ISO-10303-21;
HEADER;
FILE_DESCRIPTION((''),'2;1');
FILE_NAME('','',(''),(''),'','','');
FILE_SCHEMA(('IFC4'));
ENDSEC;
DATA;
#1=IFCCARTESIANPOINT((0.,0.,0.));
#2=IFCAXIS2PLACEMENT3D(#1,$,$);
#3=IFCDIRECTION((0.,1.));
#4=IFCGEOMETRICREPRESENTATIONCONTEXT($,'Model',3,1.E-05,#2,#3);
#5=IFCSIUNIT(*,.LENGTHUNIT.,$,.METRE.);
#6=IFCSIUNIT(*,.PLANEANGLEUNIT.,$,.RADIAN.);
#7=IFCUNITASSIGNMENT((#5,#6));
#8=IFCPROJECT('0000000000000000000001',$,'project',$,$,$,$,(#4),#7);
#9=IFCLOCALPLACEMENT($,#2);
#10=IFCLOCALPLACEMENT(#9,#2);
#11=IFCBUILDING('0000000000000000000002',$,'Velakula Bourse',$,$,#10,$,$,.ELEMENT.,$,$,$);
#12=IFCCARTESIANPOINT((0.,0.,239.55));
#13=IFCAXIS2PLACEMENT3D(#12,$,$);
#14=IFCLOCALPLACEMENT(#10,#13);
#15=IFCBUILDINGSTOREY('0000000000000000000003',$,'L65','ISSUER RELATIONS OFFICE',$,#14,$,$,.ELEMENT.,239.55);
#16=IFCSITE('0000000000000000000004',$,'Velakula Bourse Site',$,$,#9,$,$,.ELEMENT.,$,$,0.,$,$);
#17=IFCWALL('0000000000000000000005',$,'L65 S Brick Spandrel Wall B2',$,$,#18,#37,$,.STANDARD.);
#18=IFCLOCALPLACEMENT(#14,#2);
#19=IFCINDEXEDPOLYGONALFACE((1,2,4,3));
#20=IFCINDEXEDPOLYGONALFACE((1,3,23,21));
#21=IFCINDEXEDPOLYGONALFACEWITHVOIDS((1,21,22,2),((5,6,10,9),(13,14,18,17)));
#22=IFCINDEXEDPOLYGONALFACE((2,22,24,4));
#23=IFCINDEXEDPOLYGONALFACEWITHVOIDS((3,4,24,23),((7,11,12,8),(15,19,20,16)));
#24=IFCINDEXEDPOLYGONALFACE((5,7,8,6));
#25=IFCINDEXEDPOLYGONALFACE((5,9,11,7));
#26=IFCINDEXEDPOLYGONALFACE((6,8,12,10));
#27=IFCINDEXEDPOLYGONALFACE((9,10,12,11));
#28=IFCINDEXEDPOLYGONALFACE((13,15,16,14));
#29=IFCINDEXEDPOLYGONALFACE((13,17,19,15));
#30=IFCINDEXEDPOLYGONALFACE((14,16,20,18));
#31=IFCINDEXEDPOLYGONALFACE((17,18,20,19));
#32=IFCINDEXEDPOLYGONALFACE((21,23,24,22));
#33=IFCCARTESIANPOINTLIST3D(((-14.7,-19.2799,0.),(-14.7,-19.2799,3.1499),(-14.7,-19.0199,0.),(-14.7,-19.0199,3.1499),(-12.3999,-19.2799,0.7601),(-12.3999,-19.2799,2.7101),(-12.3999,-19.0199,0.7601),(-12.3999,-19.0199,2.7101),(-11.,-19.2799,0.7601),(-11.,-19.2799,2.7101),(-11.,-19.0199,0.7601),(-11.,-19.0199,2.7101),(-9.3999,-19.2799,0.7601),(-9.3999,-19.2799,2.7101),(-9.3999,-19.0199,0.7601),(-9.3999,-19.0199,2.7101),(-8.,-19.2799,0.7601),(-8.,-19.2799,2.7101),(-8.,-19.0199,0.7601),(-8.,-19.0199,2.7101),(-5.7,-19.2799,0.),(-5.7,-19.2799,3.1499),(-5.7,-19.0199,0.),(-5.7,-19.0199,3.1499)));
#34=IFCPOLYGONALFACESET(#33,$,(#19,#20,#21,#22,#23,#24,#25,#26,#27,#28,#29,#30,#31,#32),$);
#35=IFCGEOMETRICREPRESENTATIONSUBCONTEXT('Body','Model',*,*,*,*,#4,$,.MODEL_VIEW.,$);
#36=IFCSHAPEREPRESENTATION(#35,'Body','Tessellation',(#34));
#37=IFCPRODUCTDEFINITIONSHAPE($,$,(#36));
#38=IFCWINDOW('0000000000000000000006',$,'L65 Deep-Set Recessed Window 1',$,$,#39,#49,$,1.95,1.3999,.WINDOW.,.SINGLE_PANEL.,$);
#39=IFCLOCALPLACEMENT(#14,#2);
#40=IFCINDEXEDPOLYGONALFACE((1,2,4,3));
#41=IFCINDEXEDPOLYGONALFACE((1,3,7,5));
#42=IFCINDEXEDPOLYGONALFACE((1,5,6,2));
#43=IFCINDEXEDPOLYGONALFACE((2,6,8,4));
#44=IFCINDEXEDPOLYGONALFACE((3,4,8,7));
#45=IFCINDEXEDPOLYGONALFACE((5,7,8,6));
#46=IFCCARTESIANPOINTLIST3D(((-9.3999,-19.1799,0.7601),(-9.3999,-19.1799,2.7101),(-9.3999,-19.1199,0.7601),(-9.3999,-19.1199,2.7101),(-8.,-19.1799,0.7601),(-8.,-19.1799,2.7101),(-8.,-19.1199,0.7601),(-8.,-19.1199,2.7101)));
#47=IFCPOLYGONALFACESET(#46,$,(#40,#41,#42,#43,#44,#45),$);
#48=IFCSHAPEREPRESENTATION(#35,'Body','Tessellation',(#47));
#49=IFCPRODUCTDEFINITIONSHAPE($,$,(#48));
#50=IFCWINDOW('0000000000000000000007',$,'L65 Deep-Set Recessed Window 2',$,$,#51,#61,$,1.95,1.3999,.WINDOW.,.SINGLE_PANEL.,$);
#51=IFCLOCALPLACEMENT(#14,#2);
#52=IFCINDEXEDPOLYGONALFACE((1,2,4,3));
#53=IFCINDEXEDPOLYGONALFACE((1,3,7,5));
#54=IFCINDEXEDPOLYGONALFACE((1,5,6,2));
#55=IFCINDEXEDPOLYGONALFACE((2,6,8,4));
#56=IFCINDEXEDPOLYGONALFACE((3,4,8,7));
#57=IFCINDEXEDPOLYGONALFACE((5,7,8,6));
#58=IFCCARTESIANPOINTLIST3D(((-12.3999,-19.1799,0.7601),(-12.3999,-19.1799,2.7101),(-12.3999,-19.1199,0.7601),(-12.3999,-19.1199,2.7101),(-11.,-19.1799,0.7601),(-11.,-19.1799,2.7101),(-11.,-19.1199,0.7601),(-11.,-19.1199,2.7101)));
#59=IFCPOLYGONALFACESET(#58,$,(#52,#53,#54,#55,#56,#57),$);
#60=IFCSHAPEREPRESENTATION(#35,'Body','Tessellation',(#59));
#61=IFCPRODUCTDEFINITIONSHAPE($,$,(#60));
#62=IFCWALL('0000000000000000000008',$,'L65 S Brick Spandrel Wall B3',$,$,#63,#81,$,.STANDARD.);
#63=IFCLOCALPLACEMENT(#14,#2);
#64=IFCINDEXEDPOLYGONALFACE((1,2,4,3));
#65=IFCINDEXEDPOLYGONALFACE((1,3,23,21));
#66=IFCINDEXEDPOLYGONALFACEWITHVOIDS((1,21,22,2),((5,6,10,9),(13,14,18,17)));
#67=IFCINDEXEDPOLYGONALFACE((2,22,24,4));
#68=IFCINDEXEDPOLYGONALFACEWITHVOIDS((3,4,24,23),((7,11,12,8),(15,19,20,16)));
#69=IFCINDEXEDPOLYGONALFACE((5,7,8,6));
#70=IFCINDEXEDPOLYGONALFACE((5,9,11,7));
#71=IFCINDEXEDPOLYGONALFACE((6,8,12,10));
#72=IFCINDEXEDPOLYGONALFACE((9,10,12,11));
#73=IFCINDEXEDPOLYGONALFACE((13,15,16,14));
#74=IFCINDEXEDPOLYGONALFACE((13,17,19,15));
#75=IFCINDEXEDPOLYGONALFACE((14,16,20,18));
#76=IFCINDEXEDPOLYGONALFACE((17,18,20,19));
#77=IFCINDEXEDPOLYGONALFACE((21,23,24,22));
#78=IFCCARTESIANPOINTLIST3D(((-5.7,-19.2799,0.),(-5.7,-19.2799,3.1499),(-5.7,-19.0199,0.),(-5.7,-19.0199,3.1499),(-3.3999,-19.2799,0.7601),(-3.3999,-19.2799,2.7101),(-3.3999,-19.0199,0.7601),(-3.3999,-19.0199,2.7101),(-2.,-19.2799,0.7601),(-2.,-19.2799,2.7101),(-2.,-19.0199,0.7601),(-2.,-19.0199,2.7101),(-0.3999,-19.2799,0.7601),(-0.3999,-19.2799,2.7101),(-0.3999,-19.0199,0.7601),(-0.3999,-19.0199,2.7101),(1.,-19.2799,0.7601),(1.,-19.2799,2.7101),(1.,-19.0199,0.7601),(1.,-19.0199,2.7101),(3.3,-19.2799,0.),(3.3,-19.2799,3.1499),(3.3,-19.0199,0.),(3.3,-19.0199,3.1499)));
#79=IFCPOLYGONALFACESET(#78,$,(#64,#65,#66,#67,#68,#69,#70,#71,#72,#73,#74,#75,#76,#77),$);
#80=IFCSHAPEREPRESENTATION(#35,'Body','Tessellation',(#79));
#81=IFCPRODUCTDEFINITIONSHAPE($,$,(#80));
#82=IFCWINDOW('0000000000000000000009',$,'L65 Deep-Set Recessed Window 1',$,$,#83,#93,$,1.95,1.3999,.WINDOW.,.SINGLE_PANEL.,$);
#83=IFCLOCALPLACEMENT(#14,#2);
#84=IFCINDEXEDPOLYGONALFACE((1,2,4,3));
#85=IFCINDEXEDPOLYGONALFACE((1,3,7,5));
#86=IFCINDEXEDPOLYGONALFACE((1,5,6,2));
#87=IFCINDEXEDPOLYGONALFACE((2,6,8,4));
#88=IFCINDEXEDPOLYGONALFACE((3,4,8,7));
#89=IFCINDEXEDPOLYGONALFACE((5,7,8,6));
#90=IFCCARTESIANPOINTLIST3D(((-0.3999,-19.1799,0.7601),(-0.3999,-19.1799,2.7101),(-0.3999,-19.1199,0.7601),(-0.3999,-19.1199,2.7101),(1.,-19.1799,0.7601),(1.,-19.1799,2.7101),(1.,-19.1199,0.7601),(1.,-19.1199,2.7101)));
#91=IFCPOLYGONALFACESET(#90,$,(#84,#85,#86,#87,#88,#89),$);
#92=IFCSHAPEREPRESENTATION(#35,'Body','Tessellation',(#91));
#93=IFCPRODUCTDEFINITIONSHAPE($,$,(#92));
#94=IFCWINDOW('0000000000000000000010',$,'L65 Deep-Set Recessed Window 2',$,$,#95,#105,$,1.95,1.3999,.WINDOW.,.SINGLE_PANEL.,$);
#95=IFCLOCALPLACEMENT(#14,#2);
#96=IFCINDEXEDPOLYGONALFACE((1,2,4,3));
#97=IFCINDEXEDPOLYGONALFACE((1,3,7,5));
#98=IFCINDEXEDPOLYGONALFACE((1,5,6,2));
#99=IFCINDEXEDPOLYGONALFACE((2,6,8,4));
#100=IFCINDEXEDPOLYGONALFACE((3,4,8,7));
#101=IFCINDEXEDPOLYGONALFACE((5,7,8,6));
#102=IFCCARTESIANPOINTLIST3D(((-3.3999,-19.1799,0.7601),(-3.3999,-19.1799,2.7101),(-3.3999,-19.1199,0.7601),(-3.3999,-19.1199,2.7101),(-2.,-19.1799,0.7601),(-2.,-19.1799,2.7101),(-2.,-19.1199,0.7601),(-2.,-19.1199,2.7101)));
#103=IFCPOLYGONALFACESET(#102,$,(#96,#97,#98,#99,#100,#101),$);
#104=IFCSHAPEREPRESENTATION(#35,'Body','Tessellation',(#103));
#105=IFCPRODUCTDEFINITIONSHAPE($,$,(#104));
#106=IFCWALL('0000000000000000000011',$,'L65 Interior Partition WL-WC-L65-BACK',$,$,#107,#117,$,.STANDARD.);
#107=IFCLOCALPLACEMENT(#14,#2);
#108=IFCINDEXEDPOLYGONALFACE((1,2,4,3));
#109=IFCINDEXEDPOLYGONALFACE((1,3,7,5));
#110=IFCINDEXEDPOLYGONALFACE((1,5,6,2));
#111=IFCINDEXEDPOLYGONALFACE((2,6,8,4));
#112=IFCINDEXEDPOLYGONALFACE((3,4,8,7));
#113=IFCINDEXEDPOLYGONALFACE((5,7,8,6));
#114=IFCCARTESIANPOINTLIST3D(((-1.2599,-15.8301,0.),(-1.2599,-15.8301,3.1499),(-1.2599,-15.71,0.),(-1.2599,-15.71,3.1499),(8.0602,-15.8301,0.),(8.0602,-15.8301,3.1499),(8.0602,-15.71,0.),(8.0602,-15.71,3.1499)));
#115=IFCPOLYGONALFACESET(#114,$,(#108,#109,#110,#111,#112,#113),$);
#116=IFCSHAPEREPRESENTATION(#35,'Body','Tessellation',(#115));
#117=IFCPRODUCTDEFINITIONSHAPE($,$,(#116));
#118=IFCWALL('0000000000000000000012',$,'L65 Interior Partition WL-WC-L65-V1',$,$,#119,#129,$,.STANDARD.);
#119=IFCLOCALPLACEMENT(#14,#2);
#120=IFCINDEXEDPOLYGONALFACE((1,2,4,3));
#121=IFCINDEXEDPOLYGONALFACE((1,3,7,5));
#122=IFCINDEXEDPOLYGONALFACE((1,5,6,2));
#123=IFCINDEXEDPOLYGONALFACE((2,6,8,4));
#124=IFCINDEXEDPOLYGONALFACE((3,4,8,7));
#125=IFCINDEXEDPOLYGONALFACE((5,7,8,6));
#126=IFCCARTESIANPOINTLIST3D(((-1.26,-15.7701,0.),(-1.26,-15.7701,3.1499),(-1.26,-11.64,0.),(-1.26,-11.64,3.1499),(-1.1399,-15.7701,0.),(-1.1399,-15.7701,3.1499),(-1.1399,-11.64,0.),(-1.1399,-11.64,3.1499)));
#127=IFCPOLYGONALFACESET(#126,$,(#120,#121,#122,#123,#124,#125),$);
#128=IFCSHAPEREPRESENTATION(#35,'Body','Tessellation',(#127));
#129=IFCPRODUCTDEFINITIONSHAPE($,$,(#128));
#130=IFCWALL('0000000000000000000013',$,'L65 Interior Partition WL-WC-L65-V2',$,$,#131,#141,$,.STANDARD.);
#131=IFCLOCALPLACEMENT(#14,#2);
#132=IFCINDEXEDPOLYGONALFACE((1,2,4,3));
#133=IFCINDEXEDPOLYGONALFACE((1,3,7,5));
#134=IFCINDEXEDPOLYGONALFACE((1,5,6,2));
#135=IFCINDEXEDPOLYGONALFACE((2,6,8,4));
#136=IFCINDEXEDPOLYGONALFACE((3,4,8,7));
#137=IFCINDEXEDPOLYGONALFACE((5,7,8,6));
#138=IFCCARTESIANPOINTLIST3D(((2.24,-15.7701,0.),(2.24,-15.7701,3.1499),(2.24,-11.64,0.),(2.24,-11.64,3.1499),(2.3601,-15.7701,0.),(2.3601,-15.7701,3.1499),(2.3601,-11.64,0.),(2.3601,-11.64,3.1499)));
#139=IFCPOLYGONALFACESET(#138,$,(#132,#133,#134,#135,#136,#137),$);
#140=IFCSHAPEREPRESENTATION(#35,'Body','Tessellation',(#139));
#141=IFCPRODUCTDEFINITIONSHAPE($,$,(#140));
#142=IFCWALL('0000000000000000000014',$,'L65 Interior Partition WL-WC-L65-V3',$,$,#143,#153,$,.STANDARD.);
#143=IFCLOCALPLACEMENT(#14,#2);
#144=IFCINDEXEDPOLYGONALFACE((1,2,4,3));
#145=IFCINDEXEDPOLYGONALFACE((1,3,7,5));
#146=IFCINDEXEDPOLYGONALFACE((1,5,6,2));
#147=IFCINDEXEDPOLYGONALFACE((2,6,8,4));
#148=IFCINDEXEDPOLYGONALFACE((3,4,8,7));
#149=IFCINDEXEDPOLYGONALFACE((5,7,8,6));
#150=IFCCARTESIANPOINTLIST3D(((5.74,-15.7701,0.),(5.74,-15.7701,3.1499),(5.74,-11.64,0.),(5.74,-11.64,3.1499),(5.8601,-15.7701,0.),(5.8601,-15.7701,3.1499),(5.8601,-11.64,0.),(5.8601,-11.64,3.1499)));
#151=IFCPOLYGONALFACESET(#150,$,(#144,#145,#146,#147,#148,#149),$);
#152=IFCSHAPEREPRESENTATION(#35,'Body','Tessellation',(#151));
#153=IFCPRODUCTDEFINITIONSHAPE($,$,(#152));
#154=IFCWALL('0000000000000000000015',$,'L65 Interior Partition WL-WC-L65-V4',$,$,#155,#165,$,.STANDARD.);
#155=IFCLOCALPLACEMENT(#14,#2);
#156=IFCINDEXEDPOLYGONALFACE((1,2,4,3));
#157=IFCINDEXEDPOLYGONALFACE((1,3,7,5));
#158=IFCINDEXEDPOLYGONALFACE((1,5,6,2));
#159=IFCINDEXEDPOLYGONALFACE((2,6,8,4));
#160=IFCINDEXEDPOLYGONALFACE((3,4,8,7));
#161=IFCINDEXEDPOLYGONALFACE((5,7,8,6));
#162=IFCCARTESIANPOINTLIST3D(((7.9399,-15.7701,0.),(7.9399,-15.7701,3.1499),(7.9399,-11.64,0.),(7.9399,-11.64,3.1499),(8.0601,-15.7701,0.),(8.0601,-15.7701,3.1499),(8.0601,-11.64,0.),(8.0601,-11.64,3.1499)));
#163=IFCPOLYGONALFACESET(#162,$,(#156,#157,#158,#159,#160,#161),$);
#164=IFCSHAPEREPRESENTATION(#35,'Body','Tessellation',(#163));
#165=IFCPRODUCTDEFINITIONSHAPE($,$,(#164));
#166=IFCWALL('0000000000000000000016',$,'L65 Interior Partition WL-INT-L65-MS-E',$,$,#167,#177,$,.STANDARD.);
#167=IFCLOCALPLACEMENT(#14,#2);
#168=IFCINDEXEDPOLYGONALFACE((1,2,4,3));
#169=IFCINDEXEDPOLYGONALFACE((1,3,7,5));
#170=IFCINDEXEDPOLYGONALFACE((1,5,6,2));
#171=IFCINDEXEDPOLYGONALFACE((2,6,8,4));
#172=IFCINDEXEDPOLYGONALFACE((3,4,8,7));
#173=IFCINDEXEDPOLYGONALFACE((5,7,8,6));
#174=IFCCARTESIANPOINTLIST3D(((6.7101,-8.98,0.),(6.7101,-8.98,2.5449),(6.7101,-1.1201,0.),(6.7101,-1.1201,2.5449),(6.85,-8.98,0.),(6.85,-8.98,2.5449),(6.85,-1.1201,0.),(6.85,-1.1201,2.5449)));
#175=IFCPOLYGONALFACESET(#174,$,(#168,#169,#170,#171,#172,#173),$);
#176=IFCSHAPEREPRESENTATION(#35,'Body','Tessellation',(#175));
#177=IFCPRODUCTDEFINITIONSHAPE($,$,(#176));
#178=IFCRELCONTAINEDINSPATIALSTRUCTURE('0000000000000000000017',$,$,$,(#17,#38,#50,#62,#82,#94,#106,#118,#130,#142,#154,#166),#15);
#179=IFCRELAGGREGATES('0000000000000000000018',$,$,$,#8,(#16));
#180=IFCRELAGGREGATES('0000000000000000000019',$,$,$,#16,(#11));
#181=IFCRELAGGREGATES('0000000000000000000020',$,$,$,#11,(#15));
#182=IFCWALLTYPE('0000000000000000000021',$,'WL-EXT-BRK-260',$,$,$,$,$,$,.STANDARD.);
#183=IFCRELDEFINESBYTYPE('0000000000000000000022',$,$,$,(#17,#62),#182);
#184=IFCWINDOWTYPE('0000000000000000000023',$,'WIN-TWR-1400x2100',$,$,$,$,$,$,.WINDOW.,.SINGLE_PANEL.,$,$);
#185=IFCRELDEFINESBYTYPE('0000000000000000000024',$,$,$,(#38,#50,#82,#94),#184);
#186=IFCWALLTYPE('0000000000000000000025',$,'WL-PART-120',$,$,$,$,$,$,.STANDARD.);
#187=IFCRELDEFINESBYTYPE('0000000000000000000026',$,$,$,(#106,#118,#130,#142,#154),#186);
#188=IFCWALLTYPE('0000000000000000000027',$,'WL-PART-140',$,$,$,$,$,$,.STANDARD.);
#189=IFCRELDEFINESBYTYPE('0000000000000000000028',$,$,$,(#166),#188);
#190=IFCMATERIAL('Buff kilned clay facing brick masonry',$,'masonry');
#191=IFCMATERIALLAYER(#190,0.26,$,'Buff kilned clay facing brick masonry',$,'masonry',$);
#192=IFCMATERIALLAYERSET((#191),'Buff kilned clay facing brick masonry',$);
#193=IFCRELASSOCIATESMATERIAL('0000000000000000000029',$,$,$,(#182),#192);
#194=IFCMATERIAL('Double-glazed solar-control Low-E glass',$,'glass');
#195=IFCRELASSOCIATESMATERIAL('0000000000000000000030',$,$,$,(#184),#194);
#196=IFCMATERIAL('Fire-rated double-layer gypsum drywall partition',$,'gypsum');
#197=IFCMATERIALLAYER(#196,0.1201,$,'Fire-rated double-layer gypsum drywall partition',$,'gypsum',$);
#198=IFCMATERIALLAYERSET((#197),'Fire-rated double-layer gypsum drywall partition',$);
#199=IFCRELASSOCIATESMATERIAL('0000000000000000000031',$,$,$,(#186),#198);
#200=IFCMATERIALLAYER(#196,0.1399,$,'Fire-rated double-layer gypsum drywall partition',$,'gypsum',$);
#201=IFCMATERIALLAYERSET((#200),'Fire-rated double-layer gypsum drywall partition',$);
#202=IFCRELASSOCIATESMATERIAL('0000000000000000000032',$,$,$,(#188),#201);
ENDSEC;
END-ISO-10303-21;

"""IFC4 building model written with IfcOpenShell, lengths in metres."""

from ifc_helpers import new_model, si_unit, direction, frame, frame_2d, origin, place, context, subcontext, project, spatial, rectangle, extrude, material, layer, layer_set, type_object, element, fill, save


model = new_model("IFC4")

# Units and contexts
model_context = context("Model", 3, precision=1e-05, world=origin(), true_north=direction((0.0, 1.0)))
body_context = subcontext(model_context, "Body", "Model", "MODEL_VIEW")
ifc_project = project(units=[si_unit("LENGTHUNIT", "METRE"), si_unit("PLANEANGLEUNIT", "RADIAN")], contexts=[model_context])

# Site, building, storey
site_placement = place(None, origin())
site = spatial("IfcSite", under=ifc_project, at=site_placement, Name="Velakula Bourse Site", CompositionType="ELEMENT", RefElevation=0.0)
building_placement = place(site_placement, origin())
building = spatial("IfcBuilding", under=site, at=building_placement, Name="Velakula Bourse", CompositionType="ELEMENT")
storey_placement = place(building_placement, frame((0.0, 0.0, 239.55)))
storey = spatial("IfcBuildingStorey", under=building, at=storey_placement, Name="L65", Description="ISSUER RELATIONS OFFICE", CompositionType="ELEMENT", Elevation=239.55)

# Walls, openings, windows
ifc_material_1 = material(Name="Buff kilned clay facing brick masonry", Category="masonry")
ifc_layer_1 = layer(ifc_material_1, 0.26, Name="Buff kilned clay facing brick masonry", Category="masonry")
ifc_layer_set_1 = layer_set([ifc_layer_1], Name="Buff kilned clay facing brick masonry")
wall_type_1 = type_object("IfcWallType", Name="WL-EXT-BRK-260", PredefinedType="STANDARD", material=ifc_layer_set_1)
wall_1_placement = place(storey_placement, frame((-5.7, -19.1499, 0.0), z_axis=(0.0, 0.0, 1.0), x_axis=(-1.0, 0.0, 0.0)))
wall_1 = element("IfcWall", 1, at=wall_1_placement, inside=storey, type_object=wall_type_1, Name="L65 S Brick Spandrel Wall B2", PredefinedType="STANDARD", context=body_context, shape_type="SweptSolid", body=[
    extrude(rectangle(XDim=9.0, YDim=0.26, at=frame_2d((4.5, 0.0))), origin(), (0.0, 0.0, 1.0), 3.1499),
])
opening_1_placement = place(wall_1_placement, frame((2.3, 0.0, 0.76)))
opening_1 = element("IfcOpeningElement", 2, at=opening_1_placement, cuts=wall_1, PredefinedType="OPENING", context=body_context, shape_type="SweptSolid", body=[
    extrude(rectangle(XDim=1.3999, YDim=1.95, at=frame_2d((0.7, 0.9751))), frame((0.0, 0.1399, 0.0), z_axis=(0.0, -1.0, 0.0), x_axis=(1.0, 0.0, 0.0)), (0.0, 0.0, 1.0), 0.28),
])
opening_2_placement = place(wall_1_placement, frame((5.3, 0.0, 0.76)))
opening_2 = element("IfcOpeningElement", 3, at=opening_2_placement, cuts=wall_1, PredefinedType="OPENING", context=body_context, shape_type="SweptSolid", body=[
    extrude(rectangle(XDim=1.3999, YDim=1.95, at=frame_2d((0.7, 0.9751))), frame((0.0, 0.1399, 0.0), z_axis=(0.0, -1.0, 0.0), x_axis=(1.0, 0.0, 0.0)), (0.0, 0.0, 1.0), 0.28),
])
ifc_material_2 = material(Name="Double-glazed solar-control Low-E glass", Category="glass")
window_type = type_object("IfcWindowType", Name="WIN-TWR-1400x2100", PartitioningType="SINGLE_PANEL", PredefinedType="WINDOW", material=ifc_material_2)
window_1_placement = place(opening_1_placement, origin())
window_1 = element("IfcWindow", 4, at=window_1_placement, inside=storey, type_object=window_type, Name="L65 Deep-Set Recessed Window 1", OverallHeight=1.95, OverallWidth=1.3999, PartitioningType="SINGLE_PANEL", PredefinedType="WINDOW", context=body_context, shape_type="SweptSolid", body=[
    extrude(rectangle(XDim=1.3999, YDim=1.95, at=frame_2d((0.7, 0.9751))), frame((0.0, 0.03, 0.0), z_axis=(0.0, -1.0, 0.0), x_axis=(1.0, 0.0, 0.0)), (0.0, 0.0, 1.0), 0.0601),
])
fill(opening_1, window_1)
window_2_placement = place(opening_2_placement, origin())
window_2 = element("IfcWindow", 5, at=window_2_placement, inside=storey, type_object=window_type, Name="L65 Deep-Set Recessed Window 2", OverallHeight=1.95, OverallWidth=1.3999, PartitioningType="SINGLE_PANEL", PredefinedType="WINDOW", context=body_context, shape_type="SweptSolid", body=[
    extrude(rectangle(XDim=1.3999, YDim=1.95, at=frame_2d((0.7, 0.9751))), frame((0.0, 0.03, 0.0), z_axis=(0.0, -1.0, 0.0), x_axis=(1.0, 0.0, 0.0)), (0.0, 0.0, 1.0), 0.0601),
])
fill(opening_2, window_2)
wall_2_placement = place(storey_placement, frame((3.3, -19.1499, 0.0), z_axis=(0.0, 0.0, 1.0), x_axis=(-1.0, 0.0, 0.0)))
wall_2 = element("IfcWall", 6, at=wall_2_placement, inside=storey, type_object=wall_type_1, Name="L65 S Brick Spandrel Wall B3", PredefinedType="STANDARD", context=body_context, shape_type="SweptSolid", body=[
    extrude(rectangle(XDim=9.0, YDim=0.26, at=frame_2d((4.5, 0.0))), origin(), (0.0, 0.0, 1.0), 3.1499),
])
opening_3_placement = place(wall_2_placement, frame((2.3, 0.0, 0.76)))
opening_3 = element("IfcOpeningElement", 7, at=opening_3_placement, cuts=wall_2, PredefinedType="OPENING", context=body_context, shape_type="SweptSolid", body=[
    extrude(rectangle(XDim=1.3999, YDim=1.95, at=frame_2d((0.7, 0.9751))), frame((0.0, 0.1399, 0.0), z_axis=(0.0, -1.0, 0.0), x_axis=(1.0, 0.0, 0.0)), (0.0, 0.0, 1.0), 0.28),
])
opening_4_placement = place(wall_2_placement, frame((5.3, 0.0, 0.76)))
opening_4 = element("IfcOpeningElement", 8, at=opening_4_placement, cuts=wall_2, PredefinedType="OPENING", context=body_context, shape_type="SweptSolid", body=[
    extrude(rectangle(XDim=1.3999, YDim=1.95, at=frame_2d((0.7, 0.9751))), frame((0.0, 0.1399, 0.0), z_axis=(0.0, -1.0, 0.0), x_axis=(1.0, 0.0, 0.0)), (0.0, 0.0, 1.0), 0.28),
])
window_3_placement = place(opening_3_placement, origin())
window_3 = element("IfcWindow", 9, at=window_3_placement, inside=storey, type_object=window_type, Name="L65 Deep-Set Recessed Window 1", OverallHeight=1.95, OverallWidth=1.3999, PartitioningType="SINGLE_PANEL", PredefinedType="WINDOW", context=body_context, shape_type="SweptSolid", body=[
    extrude(rectangle(XDim=1.3999, YDim=1.95, at=frame_2d((0.7, 0.9751))), frame((0.0, 0.03, 0.0), z_axis=(0.0, -1.0, 0.0), x_axis=(1.0, 0.0, 0.0)), (0.0, 0.0, 1.0), 0.0601),
])
fill(opening_3, window_3)
window_4_placement = place(opening_4_placement, origin())
window_4 = element("IfcWindow", 10, at=window_4_placement, inside=storey, type_object=window_type, Name="L65 Deep-Set Recessed Window 2", OverallHeight=1.95, OverallWidth=1.3999, PartitioningType="SINGLE_PANEL", PredefinedType="WINDOW", context=body_context, shape_type="SweptSolid", body=[
    extrude(rectangle(XDim=1.3999, YDim=1.95, at=frame_2d((0.7, 0.9751))), frame((0.0, 0.03, 0.0), z_axis=(0.0, -1.0, 0.0), x_axis=(1.0, 0.0, 0.0)), (0.0, 0.0, 1.0), 0.0601),
])
fill(opening_4, window_4)

# Walls
ifc_material_3 = material(Name="Fire-rated double-layer gypsum drywall partition", Category="gypsum")
ifc_layer_2 = layer(ifc_material_3, 0.1201, Name="Fire-rated double-layer gypsum drywall partition", Category="gypsum")
ifc_layer_set_2 = layer_set([ifc_layer_2], Name="Fire-rated double-layer gypsum drywall partition")
wall_type_2 = type_object("IfcWallType", Name="WL-PART-120", PredefinedType="STANDARD", material=ifc_layer_set_2)
wall_3_placement = place(storey_placement, frame((-1.26, -15.77, 0.0), z_axis=(0.0, 0.0, 1.0), x_axis=(1.0, 0.0, 0.0)))
element("IfcWall", 11, at=wall_3_placement, inside=storey, type_object=wall_type_2, Name="L65 Interior Partition WL-WC-L65-BACK", PredefinedType="STANDARD", context=body_context, shape_type="SweptSolid", body=[
    extrude(rectangle(XDim=9.3201, YDim=0.1201, at=frame_2d((4.6602, 0.0))), origin(), (0.0, 0.0, 1.0), 3.1499),
])
for number, where, z_axis, x_axis, name in (
    (12, (-1.2, -15.77, 0.0), (0.0, 0.0, 1.0), (0.0, 1.0, 0.0), "L65 Interior Partition WL-WC-L65-V1"),
    (13, (2.3, -15.77, 0.0), (0.0, 0.0, 1.0), (0.0, 1.0, 0.0), "L65 Interior Partition WL-WC-L65-V2"),
    (14, (5.8, -15.77, 0.0), (0.0, 0.0, 1.0), (0.0, 1.0, 0.0), "L65 Interior Partition WL-WC-L65-V3"),
    (15, (8.0, -15.77, 0.0), (0.0, 0.0, 1.0), (0.0, 1.0, 0.0), "L65 Interior Partition WL-WC-L65-V4"),
):
    element("IfcWall", number, at=place(storey_placement, frame(where, z_axis=z_axis, x_axis=x_axis)), inside=storey, type_object=wall_type_2, Name=name, PredefinedType="STANDARD", context=body_context, shape_type="SweptSolid", body=[
        extrude(rectangle(XDim=4.1301, YDim=0.1201, at=frame_2d((2.0649, 0.0))), origin(), (0.0, 0.0, 1.0), 3.1499),
    ])
ifc_layer_3 = layer(ifc_material_3, 0.1399, Name="Fire-rated double-layer gypsum drywall partition", Category="gypsum")
ifc_layer_set_3 = layer_set([ifc_layer_3], Name="Fire-rated double-layer gypsum drywall partition")
wall_type_3 = type_object("IfcWallType", Name="WL-PART-140", PredefinedType="STANDARD", material=ifc_layer_set_3)
wall_4_placement = place(storey_placement, frame((6.78, -8.98, 0.0), z_axis=(0.0, 0.0, 1.0), x_axis=(0.0, 1.0, 0.0)))
element("IfcWall", 16, at=wall_4_placement, inside=storey, type_object=wall_type_3, Name="L65 Interior Partition WL-INT-L65-MS-E", PredefinedType="STANDARD", context=body_context, shape_type="SweptSolid", body=[
    extrude(rectangle(XDim=7.8599, YDim=0.1399, at=frame_2d((3.9299, 0.0))), origin(), (0.0, 0.0, 1.0), 2.5449),
])

save(model, "model.ifc")
